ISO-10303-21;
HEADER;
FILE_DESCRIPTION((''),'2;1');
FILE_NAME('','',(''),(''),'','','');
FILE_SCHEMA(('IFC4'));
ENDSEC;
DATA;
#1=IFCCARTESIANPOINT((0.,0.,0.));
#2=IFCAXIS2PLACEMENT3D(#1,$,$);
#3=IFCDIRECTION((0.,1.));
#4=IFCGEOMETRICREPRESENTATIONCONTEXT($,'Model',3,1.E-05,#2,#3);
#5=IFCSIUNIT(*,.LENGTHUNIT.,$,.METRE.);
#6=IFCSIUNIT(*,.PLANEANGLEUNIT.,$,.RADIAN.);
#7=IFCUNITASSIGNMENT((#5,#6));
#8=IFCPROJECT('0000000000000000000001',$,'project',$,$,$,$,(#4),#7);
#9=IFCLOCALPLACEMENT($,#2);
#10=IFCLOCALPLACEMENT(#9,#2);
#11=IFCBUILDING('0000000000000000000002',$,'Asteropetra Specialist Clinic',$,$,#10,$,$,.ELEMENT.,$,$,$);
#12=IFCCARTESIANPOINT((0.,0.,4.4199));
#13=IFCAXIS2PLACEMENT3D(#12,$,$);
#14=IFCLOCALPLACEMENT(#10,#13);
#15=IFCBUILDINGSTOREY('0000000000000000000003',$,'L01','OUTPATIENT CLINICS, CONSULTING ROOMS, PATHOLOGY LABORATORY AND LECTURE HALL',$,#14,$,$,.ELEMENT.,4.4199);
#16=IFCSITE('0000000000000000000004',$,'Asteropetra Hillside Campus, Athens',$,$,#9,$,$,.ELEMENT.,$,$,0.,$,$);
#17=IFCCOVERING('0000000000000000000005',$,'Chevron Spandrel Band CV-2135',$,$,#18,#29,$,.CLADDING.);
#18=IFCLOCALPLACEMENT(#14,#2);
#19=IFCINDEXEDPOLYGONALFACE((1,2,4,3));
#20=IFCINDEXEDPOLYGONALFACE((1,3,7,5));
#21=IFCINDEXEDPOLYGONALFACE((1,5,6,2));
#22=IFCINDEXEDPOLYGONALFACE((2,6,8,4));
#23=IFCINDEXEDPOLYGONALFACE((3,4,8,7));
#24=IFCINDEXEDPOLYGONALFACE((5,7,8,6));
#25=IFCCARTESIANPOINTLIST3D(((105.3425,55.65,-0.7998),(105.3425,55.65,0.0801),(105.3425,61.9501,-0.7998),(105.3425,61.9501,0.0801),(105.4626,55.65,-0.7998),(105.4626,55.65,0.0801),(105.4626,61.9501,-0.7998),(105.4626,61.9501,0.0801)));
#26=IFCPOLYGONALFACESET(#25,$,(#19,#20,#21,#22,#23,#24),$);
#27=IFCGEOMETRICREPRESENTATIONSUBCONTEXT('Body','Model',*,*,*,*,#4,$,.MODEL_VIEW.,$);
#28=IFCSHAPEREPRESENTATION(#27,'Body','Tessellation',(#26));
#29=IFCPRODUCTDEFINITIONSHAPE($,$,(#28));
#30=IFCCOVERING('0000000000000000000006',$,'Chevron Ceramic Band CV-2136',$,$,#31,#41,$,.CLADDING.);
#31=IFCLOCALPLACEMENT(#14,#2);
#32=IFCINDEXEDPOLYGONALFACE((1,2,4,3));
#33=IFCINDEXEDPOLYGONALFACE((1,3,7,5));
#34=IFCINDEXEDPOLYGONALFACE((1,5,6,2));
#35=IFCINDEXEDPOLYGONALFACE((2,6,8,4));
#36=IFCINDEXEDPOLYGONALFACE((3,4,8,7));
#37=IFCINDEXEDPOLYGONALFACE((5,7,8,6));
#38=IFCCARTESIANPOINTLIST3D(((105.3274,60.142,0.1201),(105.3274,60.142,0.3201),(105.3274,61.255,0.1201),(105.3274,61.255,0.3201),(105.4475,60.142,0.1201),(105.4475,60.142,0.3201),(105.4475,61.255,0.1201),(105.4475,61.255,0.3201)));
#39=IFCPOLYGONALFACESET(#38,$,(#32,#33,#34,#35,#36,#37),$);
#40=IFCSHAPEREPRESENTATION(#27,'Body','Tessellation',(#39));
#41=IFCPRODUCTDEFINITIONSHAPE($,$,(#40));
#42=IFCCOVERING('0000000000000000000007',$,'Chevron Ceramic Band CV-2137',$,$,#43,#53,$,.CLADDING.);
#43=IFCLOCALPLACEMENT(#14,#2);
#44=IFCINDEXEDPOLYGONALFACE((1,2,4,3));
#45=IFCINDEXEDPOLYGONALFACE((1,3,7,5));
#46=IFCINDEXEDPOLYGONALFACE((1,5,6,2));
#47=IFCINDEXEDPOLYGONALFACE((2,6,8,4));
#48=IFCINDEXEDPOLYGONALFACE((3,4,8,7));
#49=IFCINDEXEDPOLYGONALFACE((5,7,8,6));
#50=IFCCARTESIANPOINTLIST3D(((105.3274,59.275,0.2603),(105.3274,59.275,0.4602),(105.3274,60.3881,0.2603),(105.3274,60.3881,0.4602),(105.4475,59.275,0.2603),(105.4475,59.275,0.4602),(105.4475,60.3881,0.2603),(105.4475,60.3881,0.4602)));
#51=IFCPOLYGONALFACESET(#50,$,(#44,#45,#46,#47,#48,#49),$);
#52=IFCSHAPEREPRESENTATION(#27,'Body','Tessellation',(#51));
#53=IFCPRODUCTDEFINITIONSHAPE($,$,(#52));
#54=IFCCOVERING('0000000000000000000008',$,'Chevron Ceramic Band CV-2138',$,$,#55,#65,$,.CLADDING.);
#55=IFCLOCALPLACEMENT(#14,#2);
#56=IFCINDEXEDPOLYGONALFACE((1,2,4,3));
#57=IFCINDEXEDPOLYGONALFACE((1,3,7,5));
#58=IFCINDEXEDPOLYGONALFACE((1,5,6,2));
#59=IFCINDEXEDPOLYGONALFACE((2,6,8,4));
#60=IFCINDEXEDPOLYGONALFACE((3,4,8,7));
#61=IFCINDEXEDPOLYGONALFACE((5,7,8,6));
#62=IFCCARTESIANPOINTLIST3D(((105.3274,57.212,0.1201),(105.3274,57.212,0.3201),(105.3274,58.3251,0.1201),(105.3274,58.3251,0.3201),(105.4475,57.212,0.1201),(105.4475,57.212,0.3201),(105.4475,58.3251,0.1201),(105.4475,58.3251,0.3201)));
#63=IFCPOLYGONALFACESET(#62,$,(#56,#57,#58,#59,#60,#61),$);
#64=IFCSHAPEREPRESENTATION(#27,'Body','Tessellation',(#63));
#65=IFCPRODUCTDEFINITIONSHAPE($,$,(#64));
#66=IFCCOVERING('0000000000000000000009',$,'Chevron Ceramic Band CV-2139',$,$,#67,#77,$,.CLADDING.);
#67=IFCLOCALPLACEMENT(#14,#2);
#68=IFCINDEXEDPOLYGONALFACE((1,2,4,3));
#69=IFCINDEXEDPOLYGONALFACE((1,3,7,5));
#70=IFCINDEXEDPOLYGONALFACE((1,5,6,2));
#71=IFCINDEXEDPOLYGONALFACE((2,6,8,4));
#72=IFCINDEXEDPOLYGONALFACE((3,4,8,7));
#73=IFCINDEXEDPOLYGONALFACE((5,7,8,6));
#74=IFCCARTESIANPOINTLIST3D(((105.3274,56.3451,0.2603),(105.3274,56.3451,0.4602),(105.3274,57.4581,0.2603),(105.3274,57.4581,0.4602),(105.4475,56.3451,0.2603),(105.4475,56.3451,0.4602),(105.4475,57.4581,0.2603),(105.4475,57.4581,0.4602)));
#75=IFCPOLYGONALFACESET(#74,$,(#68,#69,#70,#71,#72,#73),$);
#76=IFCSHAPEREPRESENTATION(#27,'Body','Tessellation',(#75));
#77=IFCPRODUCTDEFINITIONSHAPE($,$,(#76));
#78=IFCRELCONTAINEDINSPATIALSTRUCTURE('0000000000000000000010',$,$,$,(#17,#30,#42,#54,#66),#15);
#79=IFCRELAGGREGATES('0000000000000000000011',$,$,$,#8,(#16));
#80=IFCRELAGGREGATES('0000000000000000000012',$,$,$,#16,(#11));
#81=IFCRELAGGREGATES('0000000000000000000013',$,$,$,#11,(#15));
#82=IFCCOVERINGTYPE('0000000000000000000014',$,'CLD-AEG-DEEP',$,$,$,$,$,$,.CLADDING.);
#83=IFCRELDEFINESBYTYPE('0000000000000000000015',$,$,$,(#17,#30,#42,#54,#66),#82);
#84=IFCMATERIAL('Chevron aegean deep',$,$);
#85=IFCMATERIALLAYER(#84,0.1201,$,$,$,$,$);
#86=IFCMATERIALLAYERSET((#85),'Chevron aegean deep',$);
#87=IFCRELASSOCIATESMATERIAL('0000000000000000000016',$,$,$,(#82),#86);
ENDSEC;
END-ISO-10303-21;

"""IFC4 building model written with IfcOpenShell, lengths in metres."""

from ifc_helpers import new_model, si_unit, direction, frame, origin, origin_2d, place, context, subcontext, project, spatial, rectangle, extrude, material, layer, layer_set, type_object, element, save


model = new_model("IFC4")

# Units and contexts
model_context = context("Model", 3, precision=1e-05, world=origin(), true_north=direction((0.0, 1.0)))
body_context = subcontext(model_context, "Body", "Model", "MODEL_VIEW")
ifc_project = project(units=[si_unit("LENGTHUNIT", "METRE"), si_unit("PLANEANGLEUNIT", "RADIAN")], contexts=[model_context])

# Site, building, storey
site_placement = place(None, origin())
site = spatial("IfcSite", under=ifc_project, at=site_placement, Name="Asteropetra Hillside Campus, Athens", CompositionType="ELEMENT", RefElevation=0.0)
building_placement = place(site_placement, origin())
building = spatial("IfcBuilding", under=site, at=building_placement, Name="Asteropetra Specialist Clinic", CompositionType="ELEMENT")
storey_placement = place(building_placement, frame((0.0, 0.0, 4.4199)))
storey = spatial("IfcBuildingStorey", under=building, at=storey_placement, Name="L01", Description="OUTPATIENT CLINICS, CONSULTING ROOMS, PATHOLOGY LABORATORY AND LECTURE HALL", CompositionType="ELEMENT", Elevation=4.4199)

# Coverings
ifc_material_1 = material(Name="Chevron aegean deep")
ifc_layer_1 = layer(ifc_material_1, 0.1201)
ifc_layer_set_1 = layer_set([ifc_layer_1], Name="Chevron aegean deep")
covering_type = type_object("IfcCoveringType", Name="CLD-AEG-DEEP", PredefinedType="CLADDING", material=ifc_layer_set_1)
covering_1_placement = place(storey_placement, frame((105.4026, 58.8, -0.7998), z_axis=(0.0, 0.0, 1.0), x_axis=(1.0, 0.0, 0.0)))
element("IfcCovering", 1, at=covering_1_placement, inside=storey, type_object=covering_type, Name="Chevron Spandrel Band CV-2135", PredefinedType="CLADDING", context=body_context, shape_type="SweptSolid", body=[
    extrude(rectangle(XDim=0.1201, YDim=6.3, at=origin_2d()), origin(), (0.0, 0.0, 1.0), 0.8799),
])
for number, where, z_axis, x_axis, name in (
    (2, (105.3875, 60.6985, 0.1201), (0.0, 0.0, 1.0), (1.0, 0.0, 0.0), "Chevron Ceramic Band CV-2136"),
    (3, (105.3875, 59.8315, 0.2603), (0.0, 0.0, 1.0), (1.0, 0.0, 0.0), "Chevron Ceramic Band CV-2137"),
    (4, (105.3875, 57.7686, 0.1201), (0.0, 0.0, 1.0), (1.0, 0.0, 0.0), "Chevron Ceramic Band CV-2138"),
    (5, (105.3875, 56.9016, 0.2603), (0.0, 0.0, 1.0), (1.0, 0.0, 0.0), "Chevron Ceramic Band CV-2139"),
):
    element("IfcCovering", number, at=place(storey_placement, frame(where, z_axis=z_axis, x_axis=x_axis)), inside=storey, type_object=covering_type, Name=name, PredefinedType="CLADDING", context=body_context, shape_type="SweptSolid", body=[
        extrude(rectangle(XDim=0.1201, YDim=1.113, at=origin_2d()), origin(), (0.0, 0.0, 1.0), 0.2),
    ])

save(model, "model.ifc")
